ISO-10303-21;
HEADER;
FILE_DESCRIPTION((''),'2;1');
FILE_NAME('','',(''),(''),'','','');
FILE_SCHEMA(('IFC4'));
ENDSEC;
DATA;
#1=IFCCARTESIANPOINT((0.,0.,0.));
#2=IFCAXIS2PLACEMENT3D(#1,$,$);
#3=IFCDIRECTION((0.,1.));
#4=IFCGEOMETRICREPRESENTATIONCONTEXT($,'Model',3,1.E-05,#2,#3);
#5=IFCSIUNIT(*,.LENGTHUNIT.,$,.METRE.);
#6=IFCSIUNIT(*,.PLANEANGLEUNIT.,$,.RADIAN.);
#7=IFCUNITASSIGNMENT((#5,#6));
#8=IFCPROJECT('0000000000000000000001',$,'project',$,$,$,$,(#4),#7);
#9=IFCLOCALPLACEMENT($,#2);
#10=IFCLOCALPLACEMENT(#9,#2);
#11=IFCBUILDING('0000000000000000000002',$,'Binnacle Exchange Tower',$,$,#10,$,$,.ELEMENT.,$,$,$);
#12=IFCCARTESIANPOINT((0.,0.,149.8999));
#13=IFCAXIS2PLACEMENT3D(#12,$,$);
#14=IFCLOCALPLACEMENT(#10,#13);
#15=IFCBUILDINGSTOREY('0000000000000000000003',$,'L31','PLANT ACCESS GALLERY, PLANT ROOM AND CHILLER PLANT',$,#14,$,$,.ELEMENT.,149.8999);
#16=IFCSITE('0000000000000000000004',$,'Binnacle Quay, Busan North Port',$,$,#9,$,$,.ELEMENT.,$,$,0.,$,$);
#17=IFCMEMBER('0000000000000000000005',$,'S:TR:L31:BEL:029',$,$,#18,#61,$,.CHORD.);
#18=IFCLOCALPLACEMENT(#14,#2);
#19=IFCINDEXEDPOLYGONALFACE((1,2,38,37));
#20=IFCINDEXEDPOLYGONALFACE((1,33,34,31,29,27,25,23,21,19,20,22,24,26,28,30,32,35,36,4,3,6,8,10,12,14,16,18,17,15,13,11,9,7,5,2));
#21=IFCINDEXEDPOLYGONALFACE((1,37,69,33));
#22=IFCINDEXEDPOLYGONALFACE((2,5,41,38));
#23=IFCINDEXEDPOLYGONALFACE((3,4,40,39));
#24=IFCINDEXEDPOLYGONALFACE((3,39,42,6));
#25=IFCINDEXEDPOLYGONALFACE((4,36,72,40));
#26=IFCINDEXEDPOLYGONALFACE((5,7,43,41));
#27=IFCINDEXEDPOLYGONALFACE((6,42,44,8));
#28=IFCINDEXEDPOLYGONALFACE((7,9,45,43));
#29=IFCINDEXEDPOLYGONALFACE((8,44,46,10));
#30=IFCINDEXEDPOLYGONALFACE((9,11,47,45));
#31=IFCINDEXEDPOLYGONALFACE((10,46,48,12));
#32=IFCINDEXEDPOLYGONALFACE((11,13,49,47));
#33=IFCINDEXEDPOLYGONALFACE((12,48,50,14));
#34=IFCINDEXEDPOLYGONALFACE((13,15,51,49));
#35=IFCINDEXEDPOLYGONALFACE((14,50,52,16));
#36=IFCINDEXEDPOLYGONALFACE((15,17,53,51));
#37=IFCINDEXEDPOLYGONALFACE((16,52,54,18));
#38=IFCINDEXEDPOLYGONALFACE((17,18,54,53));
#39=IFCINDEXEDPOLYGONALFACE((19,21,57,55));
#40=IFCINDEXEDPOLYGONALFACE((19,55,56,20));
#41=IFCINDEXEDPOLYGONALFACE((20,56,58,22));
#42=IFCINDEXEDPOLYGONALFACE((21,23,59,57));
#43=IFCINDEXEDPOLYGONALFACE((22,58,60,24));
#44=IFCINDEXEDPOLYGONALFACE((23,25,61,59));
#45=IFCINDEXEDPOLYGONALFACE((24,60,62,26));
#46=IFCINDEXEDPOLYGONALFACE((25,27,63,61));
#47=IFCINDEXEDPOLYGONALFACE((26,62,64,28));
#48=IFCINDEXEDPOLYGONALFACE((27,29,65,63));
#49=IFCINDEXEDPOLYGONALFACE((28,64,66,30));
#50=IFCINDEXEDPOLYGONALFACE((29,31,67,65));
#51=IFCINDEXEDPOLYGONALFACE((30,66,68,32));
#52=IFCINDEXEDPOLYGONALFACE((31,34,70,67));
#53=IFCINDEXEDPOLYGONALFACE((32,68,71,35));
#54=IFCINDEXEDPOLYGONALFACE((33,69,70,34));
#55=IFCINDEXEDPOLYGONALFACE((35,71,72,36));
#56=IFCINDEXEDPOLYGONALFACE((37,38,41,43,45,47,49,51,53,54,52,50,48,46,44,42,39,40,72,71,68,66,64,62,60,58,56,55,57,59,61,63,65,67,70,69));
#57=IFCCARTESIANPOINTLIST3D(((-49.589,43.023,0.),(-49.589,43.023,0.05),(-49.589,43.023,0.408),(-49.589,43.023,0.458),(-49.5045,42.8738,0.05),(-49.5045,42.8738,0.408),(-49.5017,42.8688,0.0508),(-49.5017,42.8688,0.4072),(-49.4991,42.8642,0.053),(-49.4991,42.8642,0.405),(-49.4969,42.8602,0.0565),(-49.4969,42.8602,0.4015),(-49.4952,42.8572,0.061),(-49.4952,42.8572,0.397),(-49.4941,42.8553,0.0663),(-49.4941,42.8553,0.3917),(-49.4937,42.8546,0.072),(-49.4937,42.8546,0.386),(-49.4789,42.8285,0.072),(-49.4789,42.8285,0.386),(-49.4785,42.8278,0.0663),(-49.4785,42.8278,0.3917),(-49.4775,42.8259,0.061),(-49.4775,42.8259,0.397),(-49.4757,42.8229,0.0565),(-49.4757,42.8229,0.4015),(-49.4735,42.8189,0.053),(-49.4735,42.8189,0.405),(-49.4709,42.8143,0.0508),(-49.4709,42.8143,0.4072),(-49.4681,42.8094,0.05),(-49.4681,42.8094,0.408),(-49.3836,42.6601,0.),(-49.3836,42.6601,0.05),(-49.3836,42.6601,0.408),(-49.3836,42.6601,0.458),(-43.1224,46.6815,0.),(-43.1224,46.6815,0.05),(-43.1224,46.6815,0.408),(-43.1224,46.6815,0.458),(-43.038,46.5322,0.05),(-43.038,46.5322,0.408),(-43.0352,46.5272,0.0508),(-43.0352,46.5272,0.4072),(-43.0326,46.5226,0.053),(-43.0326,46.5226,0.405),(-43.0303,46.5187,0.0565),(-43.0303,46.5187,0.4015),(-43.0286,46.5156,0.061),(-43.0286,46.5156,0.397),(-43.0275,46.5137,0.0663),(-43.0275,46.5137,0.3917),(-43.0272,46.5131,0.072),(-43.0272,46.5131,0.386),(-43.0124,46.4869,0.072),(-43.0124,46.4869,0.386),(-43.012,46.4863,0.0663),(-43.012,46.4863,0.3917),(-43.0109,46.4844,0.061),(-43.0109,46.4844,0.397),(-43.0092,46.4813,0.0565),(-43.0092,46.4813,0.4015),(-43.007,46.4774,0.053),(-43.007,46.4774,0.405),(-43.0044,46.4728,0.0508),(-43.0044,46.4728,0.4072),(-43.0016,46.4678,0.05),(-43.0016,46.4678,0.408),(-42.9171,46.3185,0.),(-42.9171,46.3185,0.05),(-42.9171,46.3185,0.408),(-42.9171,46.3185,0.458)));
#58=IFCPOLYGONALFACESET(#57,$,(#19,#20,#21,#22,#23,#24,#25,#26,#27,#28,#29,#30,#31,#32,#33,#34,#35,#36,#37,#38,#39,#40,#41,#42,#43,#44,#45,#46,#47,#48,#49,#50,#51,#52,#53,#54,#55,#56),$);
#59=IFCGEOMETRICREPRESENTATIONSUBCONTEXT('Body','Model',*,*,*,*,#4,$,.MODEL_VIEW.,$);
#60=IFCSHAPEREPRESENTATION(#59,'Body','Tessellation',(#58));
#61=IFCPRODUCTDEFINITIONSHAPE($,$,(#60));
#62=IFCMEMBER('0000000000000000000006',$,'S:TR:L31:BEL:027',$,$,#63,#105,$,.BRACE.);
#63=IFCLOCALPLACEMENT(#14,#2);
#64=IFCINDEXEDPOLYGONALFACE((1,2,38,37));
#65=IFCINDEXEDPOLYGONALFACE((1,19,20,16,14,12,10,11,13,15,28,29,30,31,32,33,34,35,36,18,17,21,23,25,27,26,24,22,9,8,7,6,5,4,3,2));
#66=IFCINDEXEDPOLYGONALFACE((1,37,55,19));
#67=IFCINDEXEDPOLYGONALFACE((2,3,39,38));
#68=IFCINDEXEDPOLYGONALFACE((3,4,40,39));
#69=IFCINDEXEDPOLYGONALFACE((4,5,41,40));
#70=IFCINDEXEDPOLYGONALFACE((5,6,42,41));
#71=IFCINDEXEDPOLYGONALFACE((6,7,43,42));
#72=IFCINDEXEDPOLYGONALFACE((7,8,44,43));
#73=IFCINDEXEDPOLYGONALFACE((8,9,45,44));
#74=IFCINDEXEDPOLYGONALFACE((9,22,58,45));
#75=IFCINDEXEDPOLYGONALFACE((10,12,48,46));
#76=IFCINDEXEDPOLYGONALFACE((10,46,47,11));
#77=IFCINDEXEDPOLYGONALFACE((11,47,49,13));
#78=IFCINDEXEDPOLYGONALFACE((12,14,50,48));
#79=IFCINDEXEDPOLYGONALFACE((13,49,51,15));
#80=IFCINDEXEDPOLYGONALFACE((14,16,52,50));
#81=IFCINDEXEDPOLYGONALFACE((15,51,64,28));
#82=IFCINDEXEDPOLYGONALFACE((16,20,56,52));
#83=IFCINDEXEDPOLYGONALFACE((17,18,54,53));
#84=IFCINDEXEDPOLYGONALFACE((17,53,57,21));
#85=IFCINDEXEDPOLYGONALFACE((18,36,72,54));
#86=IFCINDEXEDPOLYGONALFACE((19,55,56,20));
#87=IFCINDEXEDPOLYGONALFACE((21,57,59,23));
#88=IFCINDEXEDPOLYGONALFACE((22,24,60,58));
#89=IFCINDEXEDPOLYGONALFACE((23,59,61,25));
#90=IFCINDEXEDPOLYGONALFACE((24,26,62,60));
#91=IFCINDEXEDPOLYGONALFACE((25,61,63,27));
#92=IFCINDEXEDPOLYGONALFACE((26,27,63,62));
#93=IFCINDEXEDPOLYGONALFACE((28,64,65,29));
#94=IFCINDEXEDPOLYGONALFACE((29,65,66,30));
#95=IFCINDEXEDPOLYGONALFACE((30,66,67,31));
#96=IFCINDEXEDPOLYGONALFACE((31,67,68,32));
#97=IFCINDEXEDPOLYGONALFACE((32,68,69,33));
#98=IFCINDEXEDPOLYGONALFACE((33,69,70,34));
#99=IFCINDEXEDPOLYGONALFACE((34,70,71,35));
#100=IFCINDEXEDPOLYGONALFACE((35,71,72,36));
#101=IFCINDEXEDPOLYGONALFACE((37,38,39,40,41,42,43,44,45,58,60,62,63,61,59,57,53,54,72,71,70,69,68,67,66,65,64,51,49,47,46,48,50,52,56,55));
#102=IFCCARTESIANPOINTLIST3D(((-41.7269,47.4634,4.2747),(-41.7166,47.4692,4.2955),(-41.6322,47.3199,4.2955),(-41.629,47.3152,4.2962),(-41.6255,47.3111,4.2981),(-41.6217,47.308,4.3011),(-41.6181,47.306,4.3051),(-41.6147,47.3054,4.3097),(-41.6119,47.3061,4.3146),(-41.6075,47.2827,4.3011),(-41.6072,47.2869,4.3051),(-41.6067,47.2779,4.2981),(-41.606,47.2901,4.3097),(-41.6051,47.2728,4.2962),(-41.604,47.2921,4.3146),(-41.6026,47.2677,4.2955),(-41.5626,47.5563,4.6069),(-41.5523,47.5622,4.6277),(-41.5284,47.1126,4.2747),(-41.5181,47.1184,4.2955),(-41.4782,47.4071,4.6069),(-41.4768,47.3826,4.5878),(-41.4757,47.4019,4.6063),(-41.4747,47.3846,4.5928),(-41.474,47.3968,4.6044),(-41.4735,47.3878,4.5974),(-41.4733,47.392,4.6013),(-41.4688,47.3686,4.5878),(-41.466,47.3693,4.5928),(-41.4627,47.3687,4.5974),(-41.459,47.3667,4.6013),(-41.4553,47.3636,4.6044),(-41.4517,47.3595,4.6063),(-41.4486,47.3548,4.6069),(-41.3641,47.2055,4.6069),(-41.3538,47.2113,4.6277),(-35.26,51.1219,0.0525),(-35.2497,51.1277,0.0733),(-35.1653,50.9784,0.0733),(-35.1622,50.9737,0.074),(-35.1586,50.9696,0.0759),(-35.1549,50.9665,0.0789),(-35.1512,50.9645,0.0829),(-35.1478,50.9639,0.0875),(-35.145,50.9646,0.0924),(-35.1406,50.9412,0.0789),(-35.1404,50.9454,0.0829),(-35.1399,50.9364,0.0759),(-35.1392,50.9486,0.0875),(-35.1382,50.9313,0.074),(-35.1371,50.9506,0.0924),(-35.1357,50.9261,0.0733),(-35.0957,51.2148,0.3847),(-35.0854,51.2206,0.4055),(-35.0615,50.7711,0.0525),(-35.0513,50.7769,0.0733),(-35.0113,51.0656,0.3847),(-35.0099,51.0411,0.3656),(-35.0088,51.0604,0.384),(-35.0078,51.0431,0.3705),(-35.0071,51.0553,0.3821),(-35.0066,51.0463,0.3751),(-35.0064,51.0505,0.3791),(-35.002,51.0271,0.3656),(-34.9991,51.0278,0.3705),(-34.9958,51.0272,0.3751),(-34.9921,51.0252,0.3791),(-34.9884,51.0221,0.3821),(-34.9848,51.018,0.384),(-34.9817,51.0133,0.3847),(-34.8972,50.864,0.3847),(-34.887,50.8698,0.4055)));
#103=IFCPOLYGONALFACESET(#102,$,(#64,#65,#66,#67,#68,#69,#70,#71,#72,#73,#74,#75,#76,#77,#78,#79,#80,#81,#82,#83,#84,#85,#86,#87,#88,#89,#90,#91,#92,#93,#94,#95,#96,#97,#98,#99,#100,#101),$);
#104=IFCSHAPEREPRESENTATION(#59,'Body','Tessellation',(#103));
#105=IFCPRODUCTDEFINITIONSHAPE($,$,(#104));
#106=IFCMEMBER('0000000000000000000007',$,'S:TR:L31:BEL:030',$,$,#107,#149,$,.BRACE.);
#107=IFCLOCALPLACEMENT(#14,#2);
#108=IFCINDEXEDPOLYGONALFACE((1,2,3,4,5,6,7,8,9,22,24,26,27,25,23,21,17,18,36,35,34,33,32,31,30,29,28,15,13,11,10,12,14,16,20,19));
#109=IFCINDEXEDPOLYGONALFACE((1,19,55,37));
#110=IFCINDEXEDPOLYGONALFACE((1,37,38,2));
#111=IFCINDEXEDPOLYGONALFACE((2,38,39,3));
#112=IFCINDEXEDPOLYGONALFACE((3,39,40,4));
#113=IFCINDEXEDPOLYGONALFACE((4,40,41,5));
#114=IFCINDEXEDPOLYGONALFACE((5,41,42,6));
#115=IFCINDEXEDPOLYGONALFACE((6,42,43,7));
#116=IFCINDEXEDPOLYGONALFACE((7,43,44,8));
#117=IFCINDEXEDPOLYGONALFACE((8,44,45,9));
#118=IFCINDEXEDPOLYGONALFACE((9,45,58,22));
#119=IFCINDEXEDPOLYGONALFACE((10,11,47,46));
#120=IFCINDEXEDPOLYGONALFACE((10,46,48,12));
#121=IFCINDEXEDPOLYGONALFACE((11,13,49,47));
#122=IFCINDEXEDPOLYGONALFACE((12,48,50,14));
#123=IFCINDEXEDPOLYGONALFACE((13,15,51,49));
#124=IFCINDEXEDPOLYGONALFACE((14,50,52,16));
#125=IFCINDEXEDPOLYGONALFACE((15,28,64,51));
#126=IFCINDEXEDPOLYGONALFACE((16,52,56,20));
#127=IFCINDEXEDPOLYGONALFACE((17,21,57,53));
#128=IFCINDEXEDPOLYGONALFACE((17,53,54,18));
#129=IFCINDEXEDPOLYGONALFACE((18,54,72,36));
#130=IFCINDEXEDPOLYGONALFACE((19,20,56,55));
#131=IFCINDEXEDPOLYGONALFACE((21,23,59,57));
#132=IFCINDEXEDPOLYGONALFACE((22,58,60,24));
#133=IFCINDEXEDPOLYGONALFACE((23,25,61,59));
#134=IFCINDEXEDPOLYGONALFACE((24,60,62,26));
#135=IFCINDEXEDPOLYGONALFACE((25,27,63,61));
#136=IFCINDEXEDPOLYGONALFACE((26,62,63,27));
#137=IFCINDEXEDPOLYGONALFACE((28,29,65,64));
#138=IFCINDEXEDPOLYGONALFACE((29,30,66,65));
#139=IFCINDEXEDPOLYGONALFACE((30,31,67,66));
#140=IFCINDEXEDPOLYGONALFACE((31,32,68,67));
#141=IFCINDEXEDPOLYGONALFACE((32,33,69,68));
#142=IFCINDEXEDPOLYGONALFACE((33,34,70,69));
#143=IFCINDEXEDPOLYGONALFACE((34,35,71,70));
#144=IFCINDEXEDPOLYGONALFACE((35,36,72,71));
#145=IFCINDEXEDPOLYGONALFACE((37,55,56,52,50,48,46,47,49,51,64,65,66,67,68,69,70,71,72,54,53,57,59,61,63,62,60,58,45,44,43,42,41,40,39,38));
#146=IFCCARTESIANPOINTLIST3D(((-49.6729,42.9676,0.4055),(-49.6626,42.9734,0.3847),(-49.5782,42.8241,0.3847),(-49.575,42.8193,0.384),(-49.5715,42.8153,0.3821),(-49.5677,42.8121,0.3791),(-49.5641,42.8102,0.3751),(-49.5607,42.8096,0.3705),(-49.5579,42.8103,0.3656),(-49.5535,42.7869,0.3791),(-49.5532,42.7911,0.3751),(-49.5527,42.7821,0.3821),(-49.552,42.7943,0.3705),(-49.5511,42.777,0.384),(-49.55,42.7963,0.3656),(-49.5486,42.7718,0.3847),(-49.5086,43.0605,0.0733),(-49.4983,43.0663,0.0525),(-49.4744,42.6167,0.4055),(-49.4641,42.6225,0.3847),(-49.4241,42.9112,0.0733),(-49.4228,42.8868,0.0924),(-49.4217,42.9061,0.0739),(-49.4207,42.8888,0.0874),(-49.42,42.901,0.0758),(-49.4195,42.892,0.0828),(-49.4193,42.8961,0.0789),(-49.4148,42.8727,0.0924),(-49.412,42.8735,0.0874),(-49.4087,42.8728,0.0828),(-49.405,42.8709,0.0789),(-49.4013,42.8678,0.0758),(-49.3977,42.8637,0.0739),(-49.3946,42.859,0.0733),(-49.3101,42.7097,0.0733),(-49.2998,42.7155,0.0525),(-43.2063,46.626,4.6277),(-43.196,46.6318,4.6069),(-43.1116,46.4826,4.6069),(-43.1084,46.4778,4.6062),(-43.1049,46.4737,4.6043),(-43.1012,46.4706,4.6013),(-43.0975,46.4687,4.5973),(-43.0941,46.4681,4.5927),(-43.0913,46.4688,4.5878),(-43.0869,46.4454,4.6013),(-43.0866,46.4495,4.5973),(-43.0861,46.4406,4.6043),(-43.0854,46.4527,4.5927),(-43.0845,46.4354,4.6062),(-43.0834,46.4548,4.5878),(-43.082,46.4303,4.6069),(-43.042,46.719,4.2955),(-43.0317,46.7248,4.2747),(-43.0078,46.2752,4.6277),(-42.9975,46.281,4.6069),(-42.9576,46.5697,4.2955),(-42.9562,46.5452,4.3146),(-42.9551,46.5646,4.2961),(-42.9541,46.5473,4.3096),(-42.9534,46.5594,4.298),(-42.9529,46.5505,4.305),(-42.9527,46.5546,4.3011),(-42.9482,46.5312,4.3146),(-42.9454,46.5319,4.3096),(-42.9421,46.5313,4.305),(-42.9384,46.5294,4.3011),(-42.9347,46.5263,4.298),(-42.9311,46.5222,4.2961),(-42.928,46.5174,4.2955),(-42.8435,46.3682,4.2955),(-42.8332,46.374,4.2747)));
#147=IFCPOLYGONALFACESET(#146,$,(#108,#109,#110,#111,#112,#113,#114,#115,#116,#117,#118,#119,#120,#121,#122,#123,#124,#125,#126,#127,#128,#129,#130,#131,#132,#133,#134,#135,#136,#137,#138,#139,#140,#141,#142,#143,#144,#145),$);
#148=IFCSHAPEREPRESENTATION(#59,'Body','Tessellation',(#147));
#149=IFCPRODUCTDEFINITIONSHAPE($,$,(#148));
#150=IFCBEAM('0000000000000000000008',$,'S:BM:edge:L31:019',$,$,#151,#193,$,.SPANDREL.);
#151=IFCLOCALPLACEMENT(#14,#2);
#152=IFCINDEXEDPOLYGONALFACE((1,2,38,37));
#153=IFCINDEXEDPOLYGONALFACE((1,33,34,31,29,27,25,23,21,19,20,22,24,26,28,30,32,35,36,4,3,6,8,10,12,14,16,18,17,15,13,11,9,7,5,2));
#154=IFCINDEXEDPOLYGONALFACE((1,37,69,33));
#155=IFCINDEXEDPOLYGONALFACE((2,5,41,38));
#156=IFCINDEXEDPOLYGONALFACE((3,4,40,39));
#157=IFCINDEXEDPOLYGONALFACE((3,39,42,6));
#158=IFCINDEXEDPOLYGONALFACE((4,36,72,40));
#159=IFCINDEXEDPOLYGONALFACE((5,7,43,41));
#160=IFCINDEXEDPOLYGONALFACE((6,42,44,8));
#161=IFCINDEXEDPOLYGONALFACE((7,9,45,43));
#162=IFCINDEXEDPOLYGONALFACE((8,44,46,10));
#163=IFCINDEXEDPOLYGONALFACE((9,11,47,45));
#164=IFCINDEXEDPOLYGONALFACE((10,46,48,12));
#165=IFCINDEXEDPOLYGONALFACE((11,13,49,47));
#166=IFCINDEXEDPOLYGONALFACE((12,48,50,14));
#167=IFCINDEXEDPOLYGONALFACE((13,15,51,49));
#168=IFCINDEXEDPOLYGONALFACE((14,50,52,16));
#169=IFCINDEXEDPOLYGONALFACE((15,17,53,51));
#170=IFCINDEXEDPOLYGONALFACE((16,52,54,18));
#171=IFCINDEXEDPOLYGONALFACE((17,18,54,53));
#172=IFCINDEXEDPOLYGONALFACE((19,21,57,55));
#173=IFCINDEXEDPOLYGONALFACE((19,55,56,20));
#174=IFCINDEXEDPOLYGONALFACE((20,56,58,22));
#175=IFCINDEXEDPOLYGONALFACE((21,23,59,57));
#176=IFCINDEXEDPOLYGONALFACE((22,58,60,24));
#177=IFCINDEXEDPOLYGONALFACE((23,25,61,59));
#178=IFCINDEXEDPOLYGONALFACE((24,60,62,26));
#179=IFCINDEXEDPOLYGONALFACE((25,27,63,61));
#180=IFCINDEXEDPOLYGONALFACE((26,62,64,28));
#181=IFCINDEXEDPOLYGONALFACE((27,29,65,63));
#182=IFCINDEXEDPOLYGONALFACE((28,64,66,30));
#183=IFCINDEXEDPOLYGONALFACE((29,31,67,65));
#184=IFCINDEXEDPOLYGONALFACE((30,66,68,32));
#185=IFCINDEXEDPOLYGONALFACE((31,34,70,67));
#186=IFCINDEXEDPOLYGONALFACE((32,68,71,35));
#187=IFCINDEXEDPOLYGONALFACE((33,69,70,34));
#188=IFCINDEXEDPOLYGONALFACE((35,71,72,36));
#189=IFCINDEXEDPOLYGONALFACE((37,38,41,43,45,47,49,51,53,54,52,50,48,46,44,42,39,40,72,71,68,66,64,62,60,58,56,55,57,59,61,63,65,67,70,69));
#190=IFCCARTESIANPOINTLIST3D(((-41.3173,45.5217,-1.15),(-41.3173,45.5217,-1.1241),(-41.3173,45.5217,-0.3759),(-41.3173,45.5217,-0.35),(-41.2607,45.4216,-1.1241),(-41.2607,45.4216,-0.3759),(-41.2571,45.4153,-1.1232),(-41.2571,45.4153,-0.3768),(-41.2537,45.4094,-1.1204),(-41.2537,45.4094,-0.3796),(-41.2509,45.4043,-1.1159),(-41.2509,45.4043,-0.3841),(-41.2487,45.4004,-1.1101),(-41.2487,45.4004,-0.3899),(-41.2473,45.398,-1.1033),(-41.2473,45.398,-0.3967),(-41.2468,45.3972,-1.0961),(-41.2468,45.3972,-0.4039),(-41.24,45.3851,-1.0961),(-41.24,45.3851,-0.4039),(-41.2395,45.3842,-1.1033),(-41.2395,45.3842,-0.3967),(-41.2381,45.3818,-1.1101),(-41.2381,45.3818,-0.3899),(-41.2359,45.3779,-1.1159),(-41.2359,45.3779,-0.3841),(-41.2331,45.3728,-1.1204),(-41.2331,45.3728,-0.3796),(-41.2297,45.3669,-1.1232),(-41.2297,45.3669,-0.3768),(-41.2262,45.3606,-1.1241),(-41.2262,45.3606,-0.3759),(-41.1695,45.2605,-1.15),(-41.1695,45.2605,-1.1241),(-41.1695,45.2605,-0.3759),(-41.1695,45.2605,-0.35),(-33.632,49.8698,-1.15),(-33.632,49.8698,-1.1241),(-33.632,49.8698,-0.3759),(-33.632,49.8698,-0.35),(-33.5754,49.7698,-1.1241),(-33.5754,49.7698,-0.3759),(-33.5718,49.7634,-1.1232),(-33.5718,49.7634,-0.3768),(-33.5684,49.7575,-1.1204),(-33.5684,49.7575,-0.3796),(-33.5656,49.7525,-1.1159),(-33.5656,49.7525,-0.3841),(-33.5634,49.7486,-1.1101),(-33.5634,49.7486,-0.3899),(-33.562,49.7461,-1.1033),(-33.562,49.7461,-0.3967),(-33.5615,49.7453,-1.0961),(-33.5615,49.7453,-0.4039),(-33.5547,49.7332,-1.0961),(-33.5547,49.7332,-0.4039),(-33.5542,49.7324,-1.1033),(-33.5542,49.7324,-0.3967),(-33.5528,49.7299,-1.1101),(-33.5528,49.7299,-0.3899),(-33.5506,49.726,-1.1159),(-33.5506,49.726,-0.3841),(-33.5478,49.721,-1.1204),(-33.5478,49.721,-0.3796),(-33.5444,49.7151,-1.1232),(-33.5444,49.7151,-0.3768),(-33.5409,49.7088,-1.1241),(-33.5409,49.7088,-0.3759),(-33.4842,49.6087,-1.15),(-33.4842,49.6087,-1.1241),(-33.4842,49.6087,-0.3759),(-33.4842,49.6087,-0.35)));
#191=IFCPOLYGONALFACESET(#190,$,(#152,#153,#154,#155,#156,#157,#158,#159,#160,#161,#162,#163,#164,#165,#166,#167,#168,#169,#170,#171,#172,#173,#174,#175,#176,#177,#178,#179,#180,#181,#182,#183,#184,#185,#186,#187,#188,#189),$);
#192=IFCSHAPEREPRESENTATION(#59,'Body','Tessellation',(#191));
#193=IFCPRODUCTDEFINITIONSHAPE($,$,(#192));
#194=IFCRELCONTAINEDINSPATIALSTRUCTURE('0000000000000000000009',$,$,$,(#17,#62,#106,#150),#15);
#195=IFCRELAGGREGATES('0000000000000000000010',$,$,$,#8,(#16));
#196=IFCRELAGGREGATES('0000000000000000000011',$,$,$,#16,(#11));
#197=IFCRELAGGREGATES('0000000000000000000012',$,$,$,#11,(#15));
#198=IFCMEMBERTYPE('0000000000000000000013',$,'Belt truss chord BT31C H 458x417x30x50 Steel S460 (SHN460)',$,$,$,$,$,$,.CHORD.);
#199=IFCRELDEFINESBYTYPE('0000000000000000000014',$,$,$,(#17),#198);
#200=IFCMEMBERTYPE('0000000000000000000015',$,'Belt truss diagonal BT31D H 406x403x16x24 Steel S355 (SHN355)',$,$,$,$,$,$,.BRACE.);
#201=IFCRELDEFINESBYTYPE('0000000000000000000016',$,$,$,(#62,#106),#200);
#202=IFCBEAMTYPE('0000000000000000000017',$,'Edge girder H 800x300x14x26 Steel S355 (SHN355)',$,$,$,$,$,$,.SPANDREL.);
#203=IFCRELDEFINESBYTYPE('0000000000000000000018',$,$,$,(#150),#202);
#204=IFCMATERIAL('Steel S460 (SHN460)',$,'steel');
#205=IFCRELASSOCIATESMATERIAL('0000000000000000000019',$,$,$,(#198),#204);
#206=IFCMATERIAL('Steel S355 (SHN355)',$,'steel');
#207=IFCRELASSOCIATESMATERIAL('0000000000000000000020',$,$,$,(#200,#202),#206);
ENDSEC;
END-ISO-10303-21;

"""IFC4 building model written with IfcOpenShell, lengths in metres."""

from ifc_helpers import new_model, si_unit, direction, frame, origin, origin_2d, place, context, subcontext, project, spatial, i_section, extrude, material, material_profile, profile_set, type_object, element, save


model = new_model("IFC4")

# Units and contexts
model_context = context("Model", 3, precision=1e-05, world=origin(), true_north=direction((0.0, 1.0)))
body_context = subcontext(model_context, "Body", "Model", "MODEL_VIEW")
ifc_project = project(units=[si_unit("LENGTHUNIT", "METRE"), si_unit("PLANEANGLEUNIT", "RADIAN")], contexts=[model_context])

# Site, building, storey
site_placement = place(None, origin())
site = spatial("IfcSite", under=ifc_project, at=site_placement, Name="Binnacle Quay, Busan North Port", CompositionType="ELEMENT", RefElevation=0.0)
building_placement = place(site_placement, origin())
building = spatial("IfcBuilding", under=site, at=building_placement, Name="Binnacle Exchange Tower", CompositionType="ELEMENT")
storey_placement = place(building_placement, frame((0.0, 0.0, 149.8999)))
storey = spatial("IfcBuildingStorey", under=building, at=storey_placement, Name="L31", Description="PLANT ACCESS GALLERY, PLANT ROOM AND CHILLER PLANT", CompositionType="ELEMENT", Elevation=149.8999)

# Members
ifc_material_1 = material(Name="Steel S460 (SHN460)", Category="steel")
ifc_material_profile_1 = material_profile(ifc_material_1, i_section(OverallWidth=0.417, OverallDepth=0.458, WebThickness=0.03, FlangeThickness=0.05, FilletRadius=0.022, at=origin_2d()), Name="H 458x417x30x50")
ifc_profile_set_1 = profile_set([ifc_material_profile_1], Name="Steel S460 (SHN460)")
member_type_1 = type_object("IfcMemberType", Name="Belt truss chord BT31C H 458x417x30x50 Steel S460 (SHN460)", PredefinedType="CHORD", material=ifc_profile_set_1)
for number, where, z_axis, x_axis, name in (
    (1, (-43.0198, 46.5, 0.229), (-0.870364, -0.492408, 0.0), (0.492408, -0.870364, 0.0), "S:TR:L31:BEL:029"),
):
    element("IfcMember", number, at=place(storey_placement, frame(where, z_axis=z_axis, x_axis=x_axis)), inside=storey, type_object=member_type_1, Name=name, PredefinedType="CHORD", context=body_context, shape_type="SweptSolid", body=[
        extrude(i_section(OverallWidth=0.417, OverallDepth=0.458, WebThickness=0.03, FlangeThickness=0.05, FilletRadius=0.022, at=origin_2d()), origin(), (0.0, 0.0, 1.0), 7.4297),
    ])
ifc_material_2 = material(Name="Steel S355 (SHN355)", Category="steel")
ifc_material_profile_2 = material_profile(ifc_material_2, i_section(OverallWidth=0.4031, OverallDepth=0.406, WebThickness=0.0161, FlangeThickness=0.0239, FilletRadius=0.022, at=origin_2d()), Name="H 406x403x16x24")
ifc_profile_set_2 = profile_set([ifc_material_profile_2], Name="Steel S355 (SHN355)")
member_type_2 = type_object("IfcMemberType", Name="Belt truss diagonal BT31D H 406x403x16x24 Steel S355 (SHN355)", PredefinedType="BRACE", material=ifc_profile_set_2)
member_1_placement = place(storey_placement, frame((-35.0735, 50.9958, 0.229), z_axis=(-0.756724, -0.4281, 0.494065), x_axis=(0.492394, -0.870372, 0.0)))
element("IfcMember", 2, at=member_1_placement, inside=storey, type_object=member_type_2, Name="S:TR:L31:BEL:027", PredefinedType="BRACE", context=body_context, shape_type="SweptSolid", body=[
    extrude(i_section(OverallWidth=0.4031, OverallDepth=0.406, WebThickness=0.0161, FlangeThickness=0.0239, FilletRadius=0.022, at=origin_2d()), origin(), (0.0, 0.0, 1.0), 8.5459),
])
member_2_placement = place(storey_placement, frame((-43.0198, 46.5, 4.4512), z_axis=(-0.756712, -0.428109, -0.494075), x_axis=(0.492408, -0.870364, 0.0)))
element("IfcMember", 3, at=member_2_placement, inside=storey, type_object=member_type_2, Name="S:TR:L31:BEL:030", PredefinedType="BRACE", context=body_context, shape_type="SweptSolid", body=[
    extrude(i_section(OverallWidth=0.4031, OverallDepth=0.406, WebThickness=0.0161, FlangeThickness=0.0239, FilletRadius=0.022, at=origin_2d()), origin(), (0.0, 0.0, 1.0), 8.5457),
])

# Beam
ifc_material_profile_3 = material_profile(ifc_material_2, i_section(OverallWidth=0.3, OverallDepth=0.8, WebThickness=0.0139, FlangeThickness=0.0259, FilletRadius=0.0281, at=origin_2d()), Name="H 800x300x14x26")
ifc_profile_set_3 = profile_set([ifc_material_profile_3], Name="Steel S355 (SHN355)")
beam_type_1 = type_object("IfcBeamType", Name="Edge girder H 800x300x14x26 Steel S355 (SHN355)", PredefinedType="SPANDREL", material=ifc_profile_set_3)
for number, where, z_axis, x_axis, name in (
    (4, (-41.2434, 45.3911, -0.75), (0.870355, 0.492424, 0.0), (-0.492424, 0.870355, 0.0), "S:BM:edge:L31:019"),
):
    element("IfcBeam", number, at=place(storey_placement, frame(where, z_axis=z_axis, x_axis=x_axis)), inside=storey, type_object=beam_type_1, Name=name, PredefinedType="SPANDREL", context=body_context, shape_type="SweptSolid", body=[
        extrude(i_section(OverallWidth=0.3, OverallDepth=0.8, WebThickness=0.0139, FlangeThickness=0.0259, FilletRadius=0.0281, at=origin_2d()), origin(), (0.0, 0.0, 1.0), 8.8301),
    ])

save(model, "model.ifc")
